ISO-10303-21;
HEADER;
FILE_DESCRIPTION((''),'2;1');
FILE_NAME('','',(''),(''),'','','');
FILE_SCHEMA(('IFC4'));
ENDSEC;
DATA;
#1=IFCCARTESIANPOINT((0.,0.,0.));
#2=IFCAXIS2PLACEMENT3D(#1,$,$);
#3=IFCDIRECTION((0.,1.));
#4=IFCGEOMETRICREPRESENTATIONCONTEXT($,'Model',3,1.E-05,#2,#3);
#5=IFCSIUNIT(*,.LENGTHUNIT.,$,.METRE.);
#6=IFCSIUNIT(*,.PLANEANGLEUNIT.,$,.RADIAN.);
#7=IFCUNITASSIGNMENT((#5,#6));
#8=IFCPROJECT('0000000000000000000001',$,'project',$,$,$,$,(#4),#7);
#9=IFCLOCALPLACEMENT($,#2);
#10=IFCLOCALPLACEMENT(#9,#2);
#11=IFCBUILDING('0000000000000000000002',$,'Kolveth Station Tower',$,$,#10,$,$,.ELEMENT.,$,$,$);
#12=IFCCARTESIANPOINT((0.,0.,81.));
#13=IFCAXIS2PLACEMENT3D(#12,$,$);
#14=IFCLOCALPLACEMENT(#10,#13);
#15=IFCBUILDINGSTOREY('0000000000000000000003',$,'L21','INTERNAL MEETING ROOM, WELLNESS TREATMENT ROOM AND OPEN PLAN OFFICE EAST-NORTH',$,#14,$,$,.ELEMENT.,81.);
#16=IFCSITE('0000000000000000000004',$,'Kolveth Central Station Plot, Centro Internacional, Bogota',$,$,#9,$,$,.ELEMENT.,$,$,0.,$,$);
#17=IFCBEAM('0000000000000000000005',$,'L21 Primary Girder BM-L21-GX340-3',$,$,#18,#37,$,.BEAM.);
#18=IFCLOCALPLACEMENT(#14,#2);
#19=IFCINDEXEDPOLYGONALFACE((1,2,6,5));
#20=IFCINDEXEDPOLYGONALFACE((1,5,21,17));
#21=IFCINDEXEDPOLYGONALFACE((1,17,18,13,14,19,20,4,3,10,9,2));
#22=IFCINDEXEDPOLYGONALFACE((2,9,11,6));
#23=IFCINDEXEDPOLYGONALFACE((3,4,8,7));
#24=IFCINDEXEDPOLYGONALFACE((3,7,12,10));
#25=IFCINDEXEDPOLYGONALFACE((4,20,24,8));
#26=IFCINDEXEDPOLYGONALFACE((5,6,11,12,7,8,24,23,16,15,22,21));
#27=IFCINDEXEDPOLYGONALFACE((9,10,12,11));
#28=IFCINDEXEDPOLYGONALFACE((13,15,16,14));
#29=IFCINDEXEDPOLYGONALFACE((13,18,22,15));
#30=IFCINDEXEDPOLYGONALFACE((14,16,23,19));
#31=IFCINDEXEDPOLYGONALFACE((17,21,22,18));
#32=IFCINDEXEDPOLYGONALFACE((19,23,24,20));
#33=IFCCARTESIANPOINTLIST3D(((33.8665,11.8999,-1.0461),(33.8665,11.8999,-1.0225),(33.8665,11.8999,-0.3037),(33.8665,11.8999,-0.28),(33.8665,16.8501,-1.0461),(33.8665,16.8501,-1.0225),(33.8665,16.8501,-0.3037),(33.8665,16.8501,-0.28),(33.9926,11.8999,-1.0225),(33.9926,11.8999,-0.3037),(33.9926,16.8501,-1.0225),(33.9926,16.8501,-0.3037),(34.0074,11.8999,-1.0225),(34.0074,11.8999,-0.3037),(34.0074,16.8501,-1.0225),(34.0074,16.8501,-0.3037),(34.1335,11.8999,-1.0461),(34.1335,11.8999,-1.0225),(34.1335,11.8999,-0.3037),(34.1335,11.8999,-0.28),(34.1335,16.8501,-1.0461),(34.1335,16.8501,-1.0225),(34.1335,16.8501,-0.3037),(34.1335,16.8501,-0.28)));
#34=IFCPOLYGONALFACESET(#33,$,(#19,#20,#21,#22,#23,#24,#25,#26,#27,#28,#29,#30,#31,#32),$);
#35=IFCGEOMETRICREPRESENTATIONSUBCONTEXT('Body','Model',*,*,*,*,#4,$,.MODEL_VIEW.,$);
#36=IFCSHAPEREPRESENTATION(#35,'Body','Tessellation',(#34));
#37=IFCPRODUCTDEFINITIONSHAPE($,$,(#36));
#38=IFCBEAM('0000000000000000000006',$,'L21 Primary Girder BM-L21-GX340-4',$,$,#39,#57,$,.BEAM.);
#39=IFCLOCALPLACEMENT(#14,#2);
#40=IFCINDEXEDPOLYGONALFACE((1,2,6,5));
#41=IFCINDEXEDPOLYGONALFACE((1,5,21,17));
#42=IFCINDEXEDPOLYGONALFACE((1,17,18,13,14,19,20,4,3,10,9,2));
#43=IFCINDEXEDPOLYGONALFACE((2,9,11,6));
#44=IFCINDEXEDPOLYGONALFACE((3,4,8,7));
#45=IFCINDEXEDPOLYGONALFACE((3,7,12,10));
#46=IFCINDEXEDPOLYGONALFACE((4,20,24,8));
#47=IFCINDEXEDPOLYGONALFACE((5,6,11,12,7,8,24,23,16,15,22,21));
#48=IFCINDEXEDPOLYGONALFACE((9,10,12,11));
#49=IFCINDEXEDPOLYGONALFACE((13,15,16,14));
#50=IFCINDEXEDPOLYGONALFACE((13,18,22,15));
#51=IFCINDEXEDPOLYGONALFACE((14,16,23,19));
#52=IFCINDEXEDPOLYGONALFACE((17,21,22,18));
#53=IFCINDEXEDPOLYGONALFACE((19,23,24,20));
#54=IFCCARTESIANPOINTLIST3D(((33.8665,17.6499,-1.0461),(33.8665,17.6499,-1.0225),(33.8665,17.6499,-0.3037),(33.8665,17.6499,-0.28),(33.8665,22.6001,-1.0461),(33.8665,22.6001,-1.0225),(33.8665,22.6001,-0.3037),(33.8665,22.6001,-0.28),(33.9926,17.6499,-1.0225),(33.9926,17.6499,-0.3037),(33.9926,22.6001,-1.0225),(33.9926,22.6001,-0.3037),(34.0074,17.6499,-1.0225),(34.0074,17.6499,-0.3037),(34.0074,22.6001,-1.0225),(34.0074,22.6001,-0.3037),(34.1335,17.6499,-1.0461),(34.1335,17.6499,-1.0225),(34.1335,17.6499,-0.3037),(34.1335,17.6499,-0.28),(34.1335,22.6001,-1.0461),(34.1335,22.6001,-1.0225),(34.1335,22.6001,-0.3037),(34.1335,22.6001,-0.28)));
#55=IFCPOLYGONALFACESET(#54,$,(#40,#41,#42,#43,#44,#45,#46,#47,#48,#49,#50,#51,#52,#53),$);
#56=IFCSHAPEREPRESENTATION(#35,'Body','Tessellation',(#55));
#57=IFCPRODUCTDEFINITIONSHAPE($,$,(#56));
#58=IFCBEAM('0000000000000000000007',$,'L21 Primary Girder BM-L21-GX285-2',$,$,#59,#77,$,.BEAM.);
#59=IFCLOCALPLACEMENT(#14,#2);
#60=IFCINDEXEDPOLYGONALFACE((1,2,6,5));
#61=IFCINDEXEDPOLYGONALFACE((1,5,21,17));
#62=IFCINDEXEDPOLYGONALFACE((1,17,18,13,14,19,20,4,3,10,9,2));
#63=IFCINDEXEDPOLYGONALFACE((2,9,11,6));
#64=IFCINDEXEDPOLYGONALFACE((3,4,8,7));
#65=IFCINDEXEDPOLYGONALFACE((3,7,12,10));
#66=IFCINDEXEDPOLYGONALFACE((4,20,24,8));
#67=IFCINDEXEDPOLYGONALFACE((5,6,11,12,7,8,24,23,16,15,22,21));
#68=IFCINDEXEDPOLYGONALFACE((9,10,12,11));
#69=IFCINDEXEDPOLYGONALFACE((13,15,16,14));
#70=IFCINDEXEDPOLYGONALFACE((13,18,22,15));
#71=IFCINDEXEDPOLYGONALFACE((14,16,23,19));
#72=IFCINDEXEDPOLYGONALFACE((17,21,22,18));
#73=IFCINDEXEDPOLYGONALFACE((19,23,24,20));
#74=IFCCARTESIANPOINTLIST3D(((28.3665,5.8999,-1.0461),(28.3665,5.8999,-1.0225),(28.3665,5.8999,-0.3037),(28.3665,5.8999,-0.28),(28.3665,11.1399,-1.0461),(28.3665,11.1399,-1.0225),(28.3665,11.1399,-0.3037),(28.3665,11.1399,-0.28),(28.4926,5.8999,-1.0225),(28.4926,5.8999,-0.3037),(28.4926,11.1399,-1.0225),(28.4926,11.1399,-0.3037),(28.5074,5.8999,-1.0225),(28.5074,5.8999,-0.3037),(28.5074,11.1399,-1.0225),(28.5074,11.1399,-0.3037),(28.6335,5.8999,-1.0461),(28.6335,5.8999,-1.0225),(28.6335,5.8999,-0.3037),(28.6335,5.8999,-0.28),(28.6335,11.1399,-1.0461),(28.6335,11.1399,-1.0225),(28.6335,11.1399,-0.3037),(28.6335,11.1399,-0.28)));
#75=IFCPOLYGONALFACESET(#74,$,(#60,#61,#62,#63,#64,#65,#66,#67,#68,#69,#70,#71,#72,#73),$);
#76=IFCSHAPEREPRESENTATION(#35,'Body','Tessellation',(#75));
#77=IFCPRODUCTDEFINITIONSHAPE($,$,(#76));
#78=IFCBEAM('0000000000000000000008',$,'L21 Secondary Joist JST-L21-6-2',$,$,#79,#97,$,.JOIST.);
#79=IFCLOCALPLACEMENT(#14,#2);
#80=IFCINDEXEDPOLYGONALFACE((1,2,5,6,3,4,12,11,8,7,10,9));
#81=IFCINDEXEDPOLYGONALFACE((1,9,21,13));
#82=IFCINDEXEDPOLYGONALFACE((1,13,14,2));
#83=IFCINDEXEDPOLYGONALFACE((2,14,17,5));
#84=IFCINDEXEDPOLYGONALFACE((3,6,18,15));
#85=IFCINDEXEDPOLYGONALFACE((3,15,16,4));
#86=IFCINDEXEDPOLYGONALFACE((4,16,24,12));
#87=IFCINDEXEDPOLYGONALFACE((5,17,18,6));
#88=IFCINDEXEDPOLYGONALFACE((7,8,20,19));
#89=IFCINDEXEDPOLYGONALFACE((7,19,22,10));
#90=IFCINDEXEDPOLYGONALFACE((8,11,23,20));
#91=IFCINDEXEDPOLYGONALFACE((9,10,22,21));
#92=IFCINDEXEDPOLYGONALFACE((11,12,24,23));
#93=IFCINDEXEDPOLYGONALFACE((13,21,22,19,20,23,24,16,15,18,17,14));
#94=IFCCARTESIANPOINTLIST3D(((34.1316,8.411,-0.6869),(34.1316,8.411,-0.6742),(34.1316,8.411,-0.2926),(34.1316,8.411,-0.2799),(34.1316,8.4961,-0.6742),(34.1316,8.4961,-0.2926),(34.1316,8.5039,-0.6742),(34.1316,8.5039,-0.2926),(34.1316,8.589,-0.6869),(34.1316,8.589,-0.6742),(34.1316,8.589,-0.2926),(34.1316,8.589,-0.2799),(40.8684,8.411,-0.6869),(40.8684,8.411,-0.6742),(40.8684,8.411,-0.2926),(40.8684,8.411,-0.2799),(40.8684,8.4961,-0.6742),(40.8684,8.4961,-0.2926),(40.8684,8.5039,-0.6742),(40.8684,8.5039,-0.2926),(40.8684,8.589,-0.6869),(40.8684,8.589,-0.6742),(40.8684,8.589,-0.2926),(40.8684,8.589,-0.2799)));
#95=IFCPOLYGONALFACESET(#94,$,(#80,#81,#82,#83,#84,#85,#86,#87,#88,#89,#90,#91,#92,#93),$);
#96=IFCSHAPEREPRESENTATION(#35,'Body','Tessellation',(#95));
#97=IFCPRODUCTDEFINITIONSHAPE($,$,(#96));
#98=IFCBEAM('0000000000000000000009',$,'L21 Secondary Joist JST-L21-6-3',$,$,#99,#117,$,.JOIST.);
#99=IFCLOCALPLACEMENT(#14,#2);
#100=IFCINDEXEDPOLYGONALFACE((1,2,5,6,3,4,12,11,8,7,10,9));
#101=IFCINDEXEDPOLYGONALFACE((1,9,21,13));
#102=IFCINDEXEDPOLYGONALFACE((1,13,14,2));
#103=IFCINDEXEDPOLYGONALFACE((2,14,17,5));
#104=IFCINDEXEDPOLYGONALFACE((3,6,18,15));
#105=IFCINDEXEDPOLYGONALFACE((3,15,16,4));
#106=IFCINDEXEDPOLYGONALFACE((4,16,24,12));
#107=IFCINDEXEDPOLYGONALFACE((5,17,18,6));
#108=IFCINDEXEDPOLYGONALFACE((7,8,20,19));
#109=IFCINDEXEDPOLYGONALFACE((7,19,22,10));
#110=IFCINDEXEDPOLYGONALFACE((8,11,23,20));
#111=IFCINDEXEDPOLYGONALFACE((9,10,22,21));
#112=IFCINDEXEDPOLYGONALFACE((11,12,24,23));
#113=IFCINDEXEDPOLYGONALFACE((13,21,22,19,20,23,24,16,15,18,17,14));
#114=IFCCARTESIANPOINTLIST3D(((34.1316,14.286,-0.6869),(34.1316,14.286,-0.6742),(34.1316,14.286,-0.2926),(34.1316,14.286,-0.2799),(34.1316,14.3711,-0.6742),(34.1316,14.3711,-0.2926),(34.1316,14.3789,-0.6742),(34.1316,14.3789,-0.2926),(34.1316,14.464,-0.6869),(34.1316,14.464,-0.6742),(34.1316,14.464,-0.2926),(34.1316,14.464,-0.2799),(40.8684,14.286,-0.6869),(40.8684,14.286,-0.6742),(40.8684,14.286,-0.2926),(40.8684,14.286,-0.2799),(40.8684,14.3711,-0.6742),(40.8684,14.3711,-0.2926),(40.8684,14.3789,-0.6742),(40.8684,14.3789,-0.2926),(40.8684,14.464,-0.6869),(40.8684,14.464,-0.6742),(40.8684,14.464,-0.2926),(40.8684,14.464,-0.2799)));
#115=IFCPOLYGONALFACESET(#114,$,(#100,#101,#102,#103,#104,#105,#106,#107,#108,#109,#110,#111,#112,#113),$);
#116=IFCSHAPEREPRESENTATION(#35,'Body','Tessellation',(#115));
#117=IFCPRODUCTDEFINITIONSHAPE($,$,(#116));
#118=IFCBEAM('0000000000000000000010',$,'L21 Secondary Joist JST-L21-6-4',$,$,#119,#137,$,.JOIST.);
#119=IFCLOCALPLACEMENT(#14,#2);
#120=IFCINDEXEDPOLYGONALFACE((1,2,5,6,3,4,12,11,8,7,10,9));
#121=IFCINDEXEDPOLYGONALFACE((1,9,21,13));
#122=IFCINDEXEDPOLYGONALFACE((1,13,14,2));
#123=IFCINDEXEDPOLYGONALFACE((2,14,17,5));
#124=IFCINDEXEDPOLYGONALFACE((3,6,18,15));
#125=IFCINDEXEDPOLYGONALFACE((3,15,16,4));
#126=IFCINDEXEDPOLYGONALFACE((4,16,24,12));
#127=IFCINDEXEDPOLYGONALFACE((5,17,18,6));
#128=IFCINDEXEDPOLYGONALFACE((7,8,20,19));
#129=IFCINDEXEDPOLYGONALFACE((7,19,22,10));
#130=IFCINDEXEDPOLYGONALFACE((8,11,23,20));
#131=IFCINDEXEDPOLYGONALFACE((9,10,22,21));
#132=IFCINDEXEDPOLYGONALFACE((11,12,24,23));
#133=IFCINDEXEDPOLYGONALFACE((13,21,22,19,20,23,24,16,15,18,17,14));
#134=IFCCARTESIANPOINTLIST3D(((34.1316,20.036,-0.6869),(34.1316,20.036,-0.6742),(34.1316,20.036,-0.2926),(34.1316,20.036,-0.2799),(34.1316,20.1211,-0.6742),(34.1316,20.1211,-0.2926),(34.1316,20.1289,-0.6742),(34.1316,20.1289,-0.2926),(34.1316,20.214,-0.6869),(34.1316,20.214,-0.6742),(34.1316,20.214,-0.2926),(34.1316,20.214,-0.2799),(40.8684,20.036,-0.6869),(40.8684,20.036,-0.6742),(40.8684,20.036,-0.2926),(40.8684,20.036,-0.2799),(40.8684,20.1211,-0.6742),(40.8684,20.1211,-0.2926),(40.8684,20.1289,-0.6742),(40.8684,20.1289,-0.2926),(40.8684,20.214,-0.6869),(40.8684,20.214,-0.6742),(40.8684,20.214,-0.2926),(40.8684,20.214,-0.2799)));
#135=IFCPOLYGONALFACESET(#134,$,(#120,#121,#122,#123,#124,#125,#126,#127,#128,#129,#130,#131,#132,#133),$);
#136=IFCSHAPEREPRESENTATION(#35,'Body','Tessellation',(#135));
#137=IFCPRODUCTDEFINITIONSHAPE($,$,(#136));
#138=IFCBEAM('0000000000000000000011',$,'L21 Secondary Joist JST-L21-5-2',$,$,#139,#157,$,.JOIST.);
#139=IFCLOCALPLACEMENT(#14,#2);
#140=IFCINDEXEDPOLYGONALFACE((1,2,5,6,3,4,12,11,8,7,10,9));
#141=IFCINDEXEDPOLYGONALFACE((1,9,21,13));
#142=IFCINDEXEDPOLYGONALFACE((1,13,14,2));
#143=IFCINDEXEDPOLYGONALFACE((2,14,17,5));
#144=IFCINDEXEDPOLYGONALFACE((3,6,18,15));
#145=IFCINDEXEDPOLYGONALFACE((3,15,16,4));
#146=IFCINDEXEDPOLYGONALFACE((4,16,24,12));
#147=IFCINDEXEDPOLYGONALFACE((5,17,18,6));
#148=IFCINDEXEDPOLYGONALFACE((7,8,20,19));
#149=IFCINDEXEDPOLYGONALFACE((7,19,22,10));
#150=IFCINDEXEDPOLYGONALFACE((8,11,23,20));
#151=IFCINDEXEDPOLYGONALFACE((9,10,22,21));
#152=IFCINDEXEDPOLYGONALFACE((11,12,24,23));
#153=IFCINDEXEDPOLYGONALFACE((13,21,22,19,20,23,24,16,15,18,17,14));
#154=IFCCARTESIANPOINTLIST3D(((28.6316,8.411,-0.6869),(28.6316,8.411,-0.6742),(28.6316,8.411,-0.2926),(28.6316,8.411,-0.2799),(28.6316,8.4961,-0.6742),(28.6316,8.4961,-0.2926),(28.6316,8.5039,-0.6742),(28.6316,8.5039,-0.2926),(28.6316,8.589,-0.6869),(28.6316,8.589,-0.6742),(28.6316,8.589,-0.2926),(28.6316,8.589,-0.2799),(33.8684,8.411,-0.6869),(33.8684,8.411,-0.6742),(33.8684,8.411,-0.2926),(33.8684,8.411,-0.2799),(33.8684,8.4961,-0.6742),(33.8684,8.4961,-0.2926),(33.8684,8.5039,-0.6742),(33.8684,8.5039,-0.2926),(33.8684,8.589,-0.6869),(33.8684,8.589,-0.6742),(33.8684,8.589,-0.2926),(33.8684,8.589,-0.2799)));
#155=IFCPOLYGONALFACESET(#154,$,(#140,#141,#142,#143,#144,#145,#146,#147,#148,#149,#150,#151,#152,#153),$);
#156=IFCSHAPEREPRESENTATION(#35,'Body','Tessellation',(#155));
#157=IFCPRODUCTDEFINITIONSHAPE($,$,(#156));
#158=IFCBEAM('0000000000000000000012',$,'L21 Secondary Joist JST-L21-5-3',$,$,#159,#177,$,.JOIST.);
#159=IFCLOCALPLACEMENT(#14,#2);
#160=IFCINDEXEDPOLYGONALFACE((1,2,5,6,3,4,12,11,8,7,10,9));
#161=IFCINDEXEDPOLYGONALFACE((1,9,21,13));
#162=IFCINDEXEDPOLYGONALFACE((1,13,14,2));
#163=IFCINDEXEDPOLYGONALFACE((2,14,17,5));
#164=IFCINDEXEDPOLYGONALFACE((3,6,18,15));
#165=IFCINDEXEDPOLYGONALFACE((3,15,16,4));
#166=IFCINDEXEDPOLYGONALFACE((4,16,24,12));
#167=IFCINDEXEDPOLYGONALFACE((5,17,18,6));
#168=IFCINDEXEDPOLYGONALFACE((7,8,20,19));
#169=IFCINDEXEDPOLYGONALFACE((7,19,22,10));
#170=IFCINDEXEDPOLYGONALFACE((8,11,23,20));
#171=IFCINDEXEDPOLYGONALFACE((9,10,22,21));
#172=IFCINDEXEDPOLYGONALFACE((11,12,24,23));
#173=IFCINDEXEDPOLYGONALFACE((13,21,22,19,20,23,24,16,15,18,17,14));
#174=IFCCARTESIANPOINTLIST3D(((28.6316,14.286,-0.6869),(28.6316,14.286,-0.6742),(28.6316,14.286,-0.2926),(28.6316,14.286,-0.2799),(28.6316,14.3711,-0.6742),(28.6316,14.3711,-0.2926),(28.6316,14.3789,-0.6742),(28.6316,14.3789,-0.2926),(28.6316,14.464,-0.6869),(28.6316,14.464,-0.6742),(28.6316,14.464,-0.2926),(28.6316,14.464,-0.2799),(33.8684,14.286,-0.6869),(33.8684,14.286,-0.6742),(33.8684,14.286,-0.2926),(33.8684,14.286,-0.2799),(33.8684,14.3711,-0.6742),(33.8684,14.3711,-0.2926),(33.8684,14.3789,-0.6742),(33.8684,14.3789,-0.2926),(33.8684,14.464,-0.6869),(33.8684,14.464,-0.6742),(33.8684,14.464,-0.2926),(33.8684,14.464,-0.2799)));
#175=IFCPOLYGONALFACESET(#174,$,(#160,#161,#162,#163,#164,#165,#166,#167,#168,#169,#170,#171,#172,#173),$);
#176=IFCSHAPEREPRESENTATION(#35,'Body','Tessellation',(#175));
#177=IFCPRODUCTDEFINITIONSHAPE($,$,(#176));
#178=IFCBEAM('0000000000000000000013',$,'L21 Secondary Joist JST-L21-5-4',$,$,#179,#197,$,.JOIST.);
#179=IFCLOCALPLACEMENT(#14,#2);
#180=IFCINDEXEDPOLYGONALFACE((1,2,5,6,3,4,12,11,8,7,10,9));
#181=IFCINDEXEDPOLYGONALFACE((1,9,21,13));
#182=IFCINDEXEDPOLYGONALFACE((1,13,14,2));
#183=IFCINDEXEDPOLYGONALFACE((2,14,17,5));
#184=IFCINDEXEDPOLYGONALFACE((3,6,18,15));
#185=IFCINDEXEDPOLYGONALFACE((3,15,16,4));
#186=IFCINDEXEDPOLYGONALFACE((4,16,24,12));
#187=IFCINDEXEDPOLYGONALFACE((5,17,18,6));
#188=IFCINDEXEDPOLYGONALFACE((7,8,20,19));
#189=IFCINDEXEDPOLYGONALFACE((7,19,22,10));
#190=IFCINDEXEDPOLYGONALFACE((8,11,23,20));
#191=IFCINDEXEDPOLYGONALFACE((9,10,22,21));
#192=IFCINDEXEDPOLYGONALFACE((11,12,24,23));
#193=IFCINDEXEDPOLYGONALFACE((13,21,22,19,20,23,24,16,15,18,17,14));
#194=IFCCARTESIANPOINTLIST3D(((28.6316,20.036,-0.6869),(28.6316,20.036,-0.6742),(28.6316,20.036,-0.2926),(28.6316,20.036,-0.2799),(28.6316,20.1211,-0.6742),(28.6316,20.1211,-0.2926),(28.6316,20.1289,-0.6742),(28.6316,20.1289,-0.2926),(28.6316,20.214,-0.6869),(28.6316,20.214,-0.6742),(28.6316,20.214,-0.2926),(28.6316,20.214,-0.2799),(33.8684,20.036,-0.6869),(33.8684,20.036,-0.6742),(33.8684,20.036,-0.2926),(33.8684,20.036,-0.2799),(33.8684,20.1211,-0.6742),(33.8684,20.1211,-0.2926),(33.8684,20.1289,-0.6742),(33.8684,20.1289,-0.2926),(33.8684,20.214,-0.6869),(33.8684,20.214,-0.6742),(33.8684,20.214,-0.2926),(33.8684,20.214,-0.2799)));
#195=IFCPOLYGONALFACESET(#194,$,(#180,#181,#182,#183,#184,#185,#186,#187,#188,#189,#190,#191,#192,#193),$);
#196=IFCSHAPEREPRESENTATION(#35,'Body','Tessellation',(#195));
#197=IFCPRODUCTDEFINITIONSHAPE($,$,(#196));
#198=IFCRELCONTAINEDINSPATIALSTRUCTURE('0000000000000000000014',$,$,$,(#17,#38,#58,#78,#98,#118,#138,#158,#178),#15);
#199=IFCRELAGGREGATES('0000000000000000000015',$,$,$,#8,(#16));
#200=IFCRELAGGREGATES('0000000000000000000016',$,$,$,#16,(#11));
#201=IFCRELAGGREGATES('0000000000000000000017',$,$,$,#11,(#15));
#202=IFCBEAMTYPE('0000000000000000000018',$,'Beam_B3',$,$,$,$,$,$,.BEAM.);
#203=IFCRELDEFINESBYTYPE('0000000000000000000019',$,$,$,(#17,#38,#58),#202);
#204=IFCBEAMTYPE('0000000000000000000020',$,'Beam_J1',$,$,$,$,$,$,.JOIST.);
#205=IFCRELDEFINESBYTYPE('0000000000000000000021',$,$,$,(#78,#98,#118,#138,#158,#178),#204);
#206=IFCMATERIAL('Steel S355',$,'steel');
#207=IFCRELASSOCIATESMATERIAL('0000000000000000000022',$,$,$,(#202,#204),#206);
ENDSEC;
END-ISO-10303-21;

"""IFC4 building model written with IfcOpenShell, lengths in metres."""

from ifc_helpers import new_model, si_unit, direction, frame, origin, origin_2d, place, context, subcontext, project, spatial, i_section, extrude, source, transform, mapped, material, material_profile, profile_set, type_object, element, save


model = new_model("IFC4")

# Units and contexts
model_context = context("Model", 3, precision=1e-05, world=origin(), true_north=direction((0.0, 1.0)))
body_context = subcontext(model_context, "Body", "Model", "MODEL_VIEW")
ifc_project = project(units=[si_unit("LENGTHUNIT", "METRE"), si_unit("PLANEANGLEUNIT", "RADIAN")], contexts=[model_context])

# Site, building, storey
site_placement = place(None, origin())
site = spatial("IfcSite", under=ifc_project, at=site_placement, Name="Kolveth Central Station Plot, Centro Internacional, Bogota", CompositionType="ELEMENT", RefElevation=0.0)
building_placement = place(site_placement, origin())
building = spatial("IfcBuilding", under=site, at=building_placement, Name="Kolveth Station Tower", CompositionType="ELEMENT")
storey_placement = place(building_placement, frame((0.0, 0.0, 81.0)))
storey = spatial("IfcBuildingStorey", under=building, at=storey_placement, Name="L21", Description="INTERNAL MEETING ROOM, WELLNESS TREATMENT ROOM AND OPEN PLAN OFFICE EAST-NORTH", CompositionType="ELEMENT", Elevation=81.0)

# Beams
ifc_material_1 = material(Name="Steel S355", Category="steel")
ifc_material_profile_1 = material_profile(ifc_material_1, i_section(OverallWidth=0.2671, OverallDepth=0.7661, WebThickness=0.0149, FlangeThickness=0.0237, at=origin_2d()), Name="W760x185")
ifc_profile_set_1 = profile_set([ifc_material_profile_1], Name="Steel S355")
beam_type_1 = type_object("IfcBeamType", Name="Beam_B3", PredefinedType="BEAM", material=ifc_profile_set_1)
shared_shape_1 = source(origin(), body_context, "Body", "SweptSolid", [
    extrude(i_section(OverallWidth=0.2671, OverallDepth=0.7661, WebThickness=0.0149, FlangeThickness=0.0237, at=origin_2d()), origin(), (0.0, 0.0, 1.0), 4.9502),
])
for number, where, z_axis, x_axis, name in (
    (1, (34.0, 11.8999, -0.6631), (0.0, 1.0, 0.0), (-1.0, 0.0, 0.0), "L21 Primary Girder BM-L21-GX340-3"),
    (2, (34.0, 17.6499, -0.6631), (0.0, 1.0, 0.0), (-1.0, 0.0, 0.0), "L21 Primary Girder BM-L21-GX340-4"),
):
    element("IfcBeam", number, at=place(storey_placement, frame(where, z_axis=z_axis, x_axis=x_axis)), inside=storey, type_object=beam_type_1, Name=name, PredefinedType="BEAM", context=body_context, shape_type="MappedRepresentation", body=[
        mapped(shared_shape_1, transform((0.0, 0.0, 0.0), x_axis=(1.0, 0.0, 0.0), y_axis=(0.0, 1.0, 0.0), z_axis=(0.0, 0.0, 1.0), scale=1.0)),
    ])
shared_shape_2 = source(origin(), body_context, "Body", "SweptSolid", [
    extrude(i_section(OverallWidth=0.2671, OverallDepth=0.7661, WebThickness=0.0149, FlangeThickness=0.0237, at=origin_2d()), origin(), (0.0, 0.0, 1.0), 5.24),
])
beam_1_placement = place(storey_placement, frame((28.5, 5.8999, -0.6631), z_axis=(0.0, 1.0, 0.0), x_axis=(-1.0, 0.0, 0.0)))
element("IfcBeam", 3, at=beam_1_placement, inside=storey, type_object=beam_type_1, Name="L21 Primary Girder BM-L21-GX285-2", PredefinedType="BEAM", context=body_context, shape_type="MappedRepresentation", body=[
    mapped(shared_shape_2, transform((0.0, 0.0, 0.0), x_axis=(1.0, 0.0, 0.0), y_axis=(0.0, 1.0, 0.0), z_axis=(0.0, 0.0, 1.0), scale=1.0)),
])
ifc_material_profile_2 = material_profile(ifc_material_1, i_section(OverallWidth=0.178, OverallDepth=0.407, WebThickness=0.0078, FlangeThickness=0.0127, at=origin_2d()), Name="W410x60")
ifc_profile_set_2 = profile_set([ifc_material_profile_2], Name="Steel S355")
beam_type_2 = type_object("IfcBeamType", Name="Beam_J1", PredefinedType="JOIST", material=ifc_profile_set_2)
shared_shape_3 = source(origin(), body_context, "Body", "SweptSolid", [
    extrude(i_section(OverallWidth=0.178, OverallDepth=0.407, WebThickness=0.0078, FlangeThickness=0.0127, at=origin_2d()), origin(), (0.0, 0.0, 1.0), 6.7368),
])
for number, where, z_axis, x_axis, name in (
    (4, (34.1316, 8.5, -0.4834), (1.0, 0.0, 0.0), (0.0, 1.0, 0.0), "L21 Secondary Joist JST-L21-6-2"),
    (5, (34.1316, 14.375, -0.4834), (1.0, 0.0, 0.0), (0.0, 1.0, 0.0), "L21 Secondary Joist JST-L21-6-3"),
    (6, (34.1316, 20.125, -0.4834), (1.0, 0.0, 0.0), (0.0, 1.0, 0.0), "L21 Secondary Joist JST-L21-6-4"),
):
    element("IfcBeam", number, at=place(storey_placement, frame(where, z_axis=z_axis, x_axis=x_axis)), inside=storey, type_object=beam_type_2, Name=name, PredefinedType="JOIST", context=body_context, shape_type="MappedRepresentation", body=[
        mapped(shared_shape_3, transform((0.0, 0.0, 0.0), x_axis=(1.0, 0.0, 0.0), y_axis=(0.0, 1.0, 0.0), z_axis=(0.0, 0.0, 1.0), scale=1.0)),
    ])
shared_shape_4 = source(origin(), body_context, "Body", "SweptSolid", [
    extrude(i_section(OverallWidth=0.178, OverallDepth=0.407, WebThickness=0.0078, FlangeThickness=0.0127, at=origin_2d()), origin(), (0.0, 0.0, 1.0), 5.2368),
])
for number, where, z_axis, x_axis, name in (
    (7, (28.6316, 8.5, -0.4834), (1.0, 0.0, 0.0), (0.0, 1.0, 0.0), "L21 Secondary Joist JST-L21-5-2"),
    (8, (28.6316, 14.375, -0.4834), (1.0, 0.0, 0.0), (0.0, 1.0, 0.0), "L21 Secondary Joist JST-L21-5-3"),
    (9, (28.6316, 20.125, -0.4834), (1.0, 0.0, 0.0), (0.0, 1.0, 0.0), "L21 Secondary Joist JST-L21-5-4"),
):
    element("IfcBeam", number, at=place(storey_placement, frame(where, z_axis=z_axis, x_axis=x_axis)), inside=storey, type_object=beam_type_2, Name=name, PredefinedType="JOIST", context=body_context, shape_type="MappedRepresentation", body=[
        mapped(shared_shape_4, transform((0.0, 0.0, 0.0), x_axis=(1.0, 0.0, 0.0), y_axis=(0.0, 1.0, 0.0), z_axis=(0.0, 0.0, 1.0), scale=1.0)),
    ])

save(model, "model.ifc")
